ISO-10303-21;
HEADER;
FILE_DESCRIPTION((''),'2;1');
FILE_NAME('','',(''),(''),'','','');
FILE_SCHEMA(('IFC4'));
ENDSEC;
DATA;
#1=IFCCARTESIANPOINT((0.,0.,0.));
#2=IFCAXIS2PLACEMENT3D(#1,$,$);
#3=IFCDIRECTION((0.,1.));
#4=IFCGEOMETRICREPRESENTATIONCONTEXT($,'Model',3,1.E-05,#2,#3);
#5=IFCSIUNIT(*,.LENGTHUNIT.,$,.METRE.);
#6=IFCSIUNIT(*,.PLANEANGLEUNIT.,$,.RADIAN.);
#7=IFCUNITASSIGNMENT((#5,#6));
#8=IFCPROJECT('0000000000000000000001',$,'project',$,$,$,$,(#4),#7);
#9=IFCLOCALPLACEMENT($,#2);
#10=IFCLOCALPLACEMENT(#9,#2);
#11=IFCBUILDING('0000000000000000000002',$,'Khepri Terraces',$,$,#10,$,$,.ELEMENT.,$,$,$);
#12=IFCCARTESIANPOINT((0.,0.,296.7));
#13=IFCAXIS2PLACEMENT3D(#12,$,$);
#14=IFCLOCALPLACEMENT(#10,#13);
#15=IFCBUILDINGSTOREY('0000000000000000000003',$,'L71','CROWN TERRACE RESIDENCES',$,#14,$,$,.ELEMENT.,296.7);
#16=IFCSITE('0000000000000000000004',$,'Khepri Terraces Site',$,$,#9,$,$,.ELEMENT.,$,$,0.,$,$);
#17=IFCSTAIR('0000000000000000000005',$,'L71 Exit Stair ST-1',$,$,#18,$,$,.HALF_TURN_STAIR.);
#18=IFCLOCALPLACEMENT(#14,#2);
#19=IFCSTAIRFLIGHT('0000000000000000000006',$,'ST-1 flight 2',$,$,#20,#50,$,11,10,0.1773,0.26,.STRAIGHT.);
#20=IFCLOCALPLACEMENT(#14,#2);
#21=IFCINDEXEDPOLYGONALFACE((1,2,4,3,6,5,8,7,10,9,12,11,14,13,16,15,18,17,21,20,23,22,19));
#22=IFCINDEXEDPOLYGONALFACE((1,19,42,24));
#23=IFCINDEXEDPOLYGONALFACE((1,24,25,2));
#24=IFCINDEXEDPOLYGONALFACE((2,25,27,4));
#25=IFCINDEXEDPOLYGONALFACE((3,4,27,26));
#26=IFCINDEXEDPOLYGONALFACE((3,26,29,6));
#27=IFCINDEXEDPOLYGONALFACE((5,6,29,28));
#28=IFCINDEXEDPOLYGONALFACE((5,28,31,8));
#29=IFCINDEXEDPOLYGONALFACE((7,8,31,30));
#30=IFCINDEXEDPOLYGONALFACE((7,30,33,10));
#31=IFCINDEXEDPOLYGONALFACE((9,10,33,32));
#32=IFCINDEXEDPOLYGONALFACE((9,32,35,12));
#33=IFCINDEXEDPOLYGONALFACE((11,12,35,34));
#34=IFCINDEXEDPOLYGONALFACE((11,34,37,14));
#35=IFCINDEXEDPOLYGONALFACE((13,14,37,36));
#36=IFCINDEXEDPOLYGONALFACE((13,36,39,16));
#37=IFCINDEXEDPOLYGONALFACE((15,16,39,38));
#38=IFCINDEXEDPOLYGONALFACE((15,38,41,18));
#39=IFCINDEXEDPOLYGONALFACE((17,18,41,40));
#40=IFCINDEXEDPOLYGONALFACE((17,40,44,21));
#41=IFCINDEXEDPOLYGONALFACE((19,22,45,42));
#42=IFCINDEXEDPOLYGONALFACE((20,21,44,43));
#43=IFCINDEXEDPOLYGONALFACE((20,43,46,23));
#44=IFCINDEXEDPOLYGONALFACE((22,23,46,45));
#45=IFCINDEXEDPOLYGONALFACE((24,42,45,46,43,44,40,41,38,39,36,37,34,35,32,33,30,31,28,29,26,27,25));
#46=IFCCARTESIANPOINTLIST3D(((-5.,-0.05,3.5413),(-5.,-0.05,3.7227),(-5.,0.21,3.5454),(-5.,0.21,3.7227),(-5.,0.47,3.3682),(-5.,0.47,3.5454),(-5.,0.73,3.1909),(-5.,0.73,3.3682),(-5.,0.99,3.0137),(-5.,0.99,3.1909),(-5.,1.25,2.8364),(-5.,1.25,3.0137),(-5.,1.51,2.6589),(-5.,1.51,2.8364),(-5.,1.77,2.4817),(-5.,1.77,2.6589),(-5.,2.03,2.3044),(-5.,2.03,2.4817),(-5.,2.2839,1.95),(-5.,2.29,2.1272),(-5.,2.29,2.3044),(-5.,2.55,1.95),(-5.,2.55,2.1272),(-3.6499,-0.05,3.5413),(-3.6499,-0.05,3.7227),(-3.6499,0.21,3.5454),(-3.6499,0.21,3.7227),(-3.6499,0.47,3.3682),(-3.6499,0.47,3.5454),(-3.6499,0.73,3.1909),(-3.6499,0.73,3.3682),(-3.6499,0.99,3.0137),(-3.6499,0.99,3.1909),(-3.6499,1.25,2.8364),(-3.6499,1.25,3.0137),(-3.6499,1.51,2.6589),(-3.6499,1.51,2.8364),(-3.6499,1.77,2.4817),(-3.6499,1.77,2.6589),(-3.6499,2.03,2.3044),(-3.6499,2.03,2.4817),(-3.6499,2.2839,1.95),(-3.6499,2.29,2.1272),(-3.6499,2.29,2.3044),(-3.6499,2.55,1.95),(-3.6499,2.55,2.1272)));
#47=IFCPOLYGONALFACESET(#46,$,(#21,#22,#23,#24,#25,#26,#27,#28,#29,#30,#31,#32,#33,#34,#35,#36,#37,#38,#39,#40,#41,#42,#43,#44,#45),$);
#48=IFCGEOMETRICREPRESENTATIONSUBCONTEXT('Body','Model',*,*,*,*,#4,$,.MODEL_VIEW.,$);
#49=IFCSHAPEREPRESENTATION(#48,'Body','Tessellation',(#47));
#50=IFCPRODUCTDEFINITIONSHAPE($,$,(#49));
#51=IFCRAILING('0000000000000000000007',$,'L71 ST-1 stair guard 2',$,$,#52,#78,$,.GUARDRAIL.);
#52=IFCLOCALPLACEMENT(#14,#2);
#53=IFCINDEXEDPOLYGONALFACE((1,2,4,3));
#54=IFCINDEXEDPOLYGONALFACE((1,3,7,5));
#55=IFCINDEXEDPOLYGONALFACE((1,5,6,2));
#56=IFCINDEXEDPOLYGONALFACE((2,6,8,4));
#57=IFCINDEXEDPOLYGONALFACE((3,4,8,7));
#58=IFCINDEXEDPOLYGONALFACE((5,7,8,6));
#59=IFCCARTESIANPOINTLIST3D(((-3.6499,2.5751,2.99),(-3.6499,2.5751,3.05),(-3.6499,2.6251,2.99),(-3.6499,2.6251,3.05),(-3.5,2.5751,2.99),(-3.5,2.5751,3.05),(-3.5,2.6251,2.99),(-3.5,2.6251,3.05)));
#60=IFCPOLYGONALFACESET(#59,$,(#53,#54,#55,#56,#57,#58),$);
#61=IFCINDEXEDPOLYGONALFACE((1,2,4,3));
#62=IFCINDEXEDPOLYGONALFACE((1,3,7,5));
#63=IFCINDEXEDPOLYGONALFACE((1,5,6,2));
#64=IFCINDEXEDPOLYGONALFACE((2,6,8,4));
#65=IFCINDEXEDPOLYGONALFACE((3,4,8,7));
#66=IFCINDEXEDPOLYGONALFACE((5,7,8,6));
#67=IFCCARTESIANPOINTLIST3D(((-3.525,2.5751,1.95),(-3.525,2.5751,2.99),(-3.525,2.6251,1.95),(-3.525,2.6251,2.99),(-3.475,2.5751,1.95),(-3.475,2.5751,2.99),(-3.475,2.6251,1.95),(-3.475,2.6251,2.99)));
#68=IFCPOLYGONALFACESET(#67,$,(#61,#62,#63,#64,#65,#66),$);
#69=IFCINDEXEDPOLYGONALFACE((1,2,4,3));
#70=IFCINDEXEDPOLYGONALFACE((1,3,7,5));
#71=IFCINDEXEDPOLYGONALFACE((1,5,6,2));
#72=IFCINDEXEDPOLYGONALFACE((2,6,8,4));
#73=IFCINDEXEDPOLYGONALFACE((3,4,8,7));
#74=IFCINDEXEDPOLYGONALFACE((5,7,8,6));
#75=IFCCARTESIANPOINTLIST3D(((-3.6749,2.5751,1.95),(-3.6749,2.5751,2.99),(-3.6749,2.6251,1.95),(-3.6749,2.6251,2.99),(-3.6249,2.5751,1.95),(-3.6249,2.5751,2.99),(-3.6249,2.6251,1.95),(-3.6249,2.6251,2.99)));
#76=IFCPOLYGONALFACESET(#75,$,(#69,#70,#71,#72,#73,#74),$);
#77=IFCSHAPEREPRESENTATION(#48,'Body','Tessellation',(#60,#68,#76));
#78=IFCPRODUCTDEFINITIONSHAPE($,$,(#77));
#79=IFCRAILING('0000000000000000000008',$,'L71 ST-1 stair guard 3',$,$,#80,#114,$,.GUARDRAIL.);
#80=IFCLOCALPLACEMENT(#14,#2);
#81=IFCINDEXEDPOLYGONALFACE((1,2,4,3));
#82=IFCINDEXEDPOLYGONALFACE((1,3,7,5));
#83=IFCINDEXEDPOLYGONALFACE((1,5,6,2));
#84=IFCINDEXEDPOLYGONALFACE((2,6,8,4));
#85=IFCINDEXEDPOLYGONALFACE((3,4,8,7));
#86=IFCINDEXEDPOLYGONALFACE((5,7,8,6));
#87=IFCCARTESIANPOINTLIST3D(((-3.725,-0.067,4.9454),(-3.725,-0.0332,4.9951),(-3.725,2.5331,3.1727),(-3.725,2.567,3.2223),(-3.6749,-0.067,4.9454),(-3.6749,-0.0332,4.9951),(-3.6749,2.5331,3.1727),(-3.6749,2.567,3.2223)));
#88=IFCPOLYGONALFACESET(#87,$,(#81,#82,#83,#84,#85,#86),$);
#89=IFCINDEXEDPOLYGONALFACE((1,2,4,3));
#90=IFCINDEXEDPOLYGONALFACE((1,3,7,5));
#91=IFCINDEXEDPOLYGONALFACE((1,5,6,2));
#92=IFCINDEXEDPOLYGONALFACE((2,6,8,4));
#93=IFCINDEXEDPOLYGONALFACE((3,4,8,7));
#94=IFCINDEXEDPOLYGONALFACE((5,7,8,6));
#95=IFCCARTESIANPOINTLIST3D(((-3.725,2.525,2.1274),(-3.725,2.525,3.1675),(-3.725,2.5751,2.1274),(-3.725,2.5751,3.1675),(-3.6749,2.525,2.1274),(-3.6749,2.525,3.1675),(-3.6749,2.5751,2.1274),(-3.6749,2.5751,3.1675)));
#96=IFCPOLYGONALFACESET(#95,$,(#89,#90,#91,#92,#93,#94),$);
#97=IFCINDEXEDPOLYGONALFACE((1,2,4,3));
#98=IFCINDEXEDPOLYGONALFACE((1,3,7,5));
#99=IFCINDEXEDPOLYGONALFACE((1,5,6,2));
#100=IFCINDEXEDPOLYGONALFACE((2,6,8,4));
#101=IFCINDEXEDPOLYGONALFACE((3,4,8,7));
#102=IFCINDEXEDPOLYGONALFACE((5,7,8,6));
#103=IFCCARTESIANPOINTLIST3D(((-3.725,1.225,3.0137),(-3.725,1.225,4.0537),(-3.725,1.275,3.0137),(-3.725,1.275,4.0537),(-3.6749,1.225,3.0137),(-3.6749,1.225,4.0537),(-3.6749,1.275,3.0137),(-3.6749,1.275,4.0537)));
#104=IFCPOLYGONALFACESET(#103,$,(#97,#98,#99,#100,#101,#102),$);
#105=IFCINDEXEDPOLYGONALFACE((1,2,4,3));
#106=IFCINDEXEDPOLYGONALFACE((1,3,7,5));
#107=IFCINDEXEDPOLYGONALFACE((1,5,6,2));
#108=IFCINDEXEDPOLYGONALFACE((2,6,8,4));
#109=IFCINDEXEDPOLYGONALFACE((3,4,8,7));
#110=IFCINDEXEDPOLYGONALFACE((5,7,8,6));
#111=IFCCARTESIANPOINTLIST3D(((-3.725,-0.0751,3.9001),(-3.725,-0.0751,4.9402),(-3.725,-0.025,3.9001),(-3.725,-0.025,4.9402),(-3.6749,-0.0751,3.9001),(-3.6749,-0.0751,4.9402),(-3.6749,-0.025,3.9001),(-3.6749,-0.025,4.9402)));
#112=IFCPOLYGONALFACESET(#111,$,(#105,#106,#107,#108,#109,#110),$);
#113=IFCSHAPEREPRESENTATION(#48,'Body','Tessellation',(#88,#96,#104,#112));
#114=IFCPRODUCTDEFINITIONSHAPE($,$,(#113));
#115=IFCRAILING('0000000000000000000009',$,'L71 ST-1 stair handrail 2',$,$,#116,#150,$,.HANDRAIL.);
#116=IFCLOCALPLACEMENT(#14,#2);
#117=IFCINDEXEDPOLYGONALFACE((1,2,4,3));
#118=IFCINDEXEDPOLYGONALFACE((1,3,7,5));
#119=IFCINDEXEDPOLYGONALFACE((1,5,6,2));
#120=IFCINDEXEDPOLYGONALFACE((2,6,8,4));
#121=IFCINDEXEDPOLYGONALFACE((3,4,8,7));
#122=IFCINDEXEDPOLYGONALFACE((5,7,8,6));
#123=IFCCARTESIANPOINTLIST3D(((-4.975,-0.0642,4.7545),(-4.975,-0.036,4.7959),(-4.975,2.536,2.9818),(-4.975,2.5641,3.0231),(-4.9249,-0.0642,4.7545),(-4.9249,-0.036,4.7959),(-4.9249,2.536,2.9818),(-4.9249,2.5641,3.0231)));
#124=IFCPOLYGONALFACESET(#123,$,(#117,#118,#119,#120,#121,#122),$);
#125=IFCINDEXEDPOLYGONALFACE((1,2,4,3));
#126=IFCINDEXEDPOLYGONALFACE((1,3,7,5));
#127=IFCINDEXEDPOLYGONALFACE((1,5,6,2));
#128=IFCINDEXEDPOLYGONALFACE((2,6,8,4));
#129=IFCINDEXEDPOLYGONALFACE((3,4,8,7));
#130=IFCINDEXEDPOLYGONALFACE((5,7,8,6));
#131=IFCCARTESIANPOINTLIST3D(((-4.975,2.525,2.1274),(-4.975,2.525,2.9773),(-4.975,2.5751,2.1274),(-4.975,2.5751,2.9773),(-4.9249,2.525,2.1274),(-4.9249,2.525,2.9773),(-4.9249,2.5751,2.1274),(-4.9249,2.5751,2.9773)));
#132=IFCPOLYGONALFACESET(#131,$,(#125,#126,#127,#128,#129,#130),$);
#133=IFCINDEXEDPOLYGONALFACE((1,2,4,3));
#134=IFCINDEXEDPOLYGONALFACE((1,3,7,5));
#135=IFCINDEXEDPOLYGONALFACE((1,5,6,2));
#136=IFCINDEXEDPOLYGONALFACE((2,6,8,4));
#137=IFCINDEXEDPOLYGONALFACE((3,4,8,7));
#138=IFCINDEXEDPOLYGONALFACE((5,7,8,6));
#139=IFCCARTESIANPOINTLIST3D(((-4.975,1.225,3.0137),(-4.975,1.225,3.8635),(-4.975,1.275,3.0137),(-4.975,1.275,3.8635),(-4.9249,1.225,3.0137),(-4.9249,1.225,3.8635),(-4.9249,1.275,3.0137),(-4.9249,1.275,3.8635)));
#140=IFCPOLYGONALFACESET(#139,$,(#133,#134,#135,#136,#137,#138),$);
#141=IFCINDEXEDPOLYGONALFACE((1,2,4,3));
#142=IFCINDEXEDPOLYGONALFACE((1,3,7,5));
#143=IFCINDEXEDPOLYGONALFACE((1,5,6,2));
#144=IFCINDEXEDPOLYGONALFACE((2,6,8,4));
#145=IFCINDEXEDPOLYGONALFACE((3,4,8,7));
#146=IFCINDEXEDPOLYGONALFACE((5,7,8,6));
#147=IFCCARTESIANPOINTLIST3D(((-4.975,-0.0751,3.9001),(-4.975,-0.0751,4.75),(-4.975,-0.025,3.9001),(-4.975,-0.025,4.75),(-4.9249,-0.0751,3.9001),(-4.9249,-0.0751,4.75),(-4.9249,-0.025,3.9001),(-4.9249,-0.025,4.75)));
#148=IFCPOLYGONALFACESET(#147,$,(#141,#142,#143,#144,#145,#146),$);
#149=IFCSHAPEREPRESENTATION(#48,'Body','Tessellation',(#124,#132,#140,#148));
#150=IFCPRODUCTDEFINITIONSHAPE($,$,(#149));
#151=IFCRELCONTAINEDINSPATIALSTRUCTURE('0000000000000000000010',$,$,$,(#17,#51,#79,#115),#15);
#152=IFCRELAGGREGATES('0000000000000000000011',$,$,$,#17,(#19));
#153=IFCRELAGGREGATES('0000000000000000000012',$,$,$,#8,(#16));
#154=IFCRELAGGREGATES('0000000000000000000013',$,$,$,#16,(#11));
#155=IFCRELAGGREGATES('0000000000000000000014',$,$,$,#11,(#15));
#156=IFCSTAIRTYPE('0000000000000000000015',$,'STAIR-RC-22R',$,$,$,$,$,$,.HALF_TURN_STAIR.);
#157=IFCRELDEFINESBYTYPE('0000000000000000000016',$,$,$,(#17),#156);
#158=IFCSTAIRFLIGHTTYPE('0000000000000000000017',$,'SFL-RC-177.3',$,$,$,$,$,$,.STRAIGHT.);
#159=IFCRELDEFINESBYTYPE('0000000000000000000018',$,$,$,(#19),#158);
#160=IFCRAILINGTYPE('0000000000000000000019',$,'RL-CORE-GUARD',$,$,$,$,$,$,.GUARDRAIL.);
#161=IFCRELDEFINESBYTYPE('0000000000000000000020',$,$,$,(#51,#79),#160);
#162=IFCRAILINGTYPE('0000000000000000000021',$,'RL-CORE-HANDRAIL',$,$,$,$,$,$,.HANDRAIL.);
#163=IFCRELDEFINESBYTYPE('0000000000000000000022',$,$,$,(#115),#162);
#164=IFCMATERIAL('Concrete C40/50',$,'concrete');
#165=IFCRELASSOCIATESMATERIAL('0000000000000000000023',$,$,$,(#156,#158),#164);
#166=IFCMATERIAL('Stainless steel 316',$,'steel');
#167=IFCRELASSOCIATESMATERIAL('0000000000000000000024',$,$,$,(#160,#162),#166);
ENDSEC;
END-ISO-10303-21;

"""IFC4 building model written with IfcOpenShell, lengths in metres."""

from ifc_helpers import new_model, si_unit, direction, frame, origin, origin_2d, place, context, subcontext, project, spatial, polyline, rectangle, outline, extrude, material, type_object, element, aggregate, save


model = new_model("IFC4")

# Units and contexts
model_context = context("Model", 3, precision=1e-05, world=origin(), true_north=direction((0.0, 1.0)))
body_context = subcontext(model_context, "Body", "Model", "MODEL_VIEW")
ifc_project = project(units=[si_unit("LENGTHUNIT", "METRE"), si_unit("PLANEANGLEUNIT", "RADIAN")], contexts=[model_context])

# Site, building, storey
site_placement = place(None, origin())
site = spatial("IfcSite", under=ifc_project, at=site_placement, Name="Khepri Terraces Site", CompositionType="ELEMENT", RefElevation=0.0)
building_placement = place(site_placement, origin())
building = spatial("IfcBuilding", under=site, at=building_placement, Name="Khepri Terraces", CompositionType="ELEMENT")
storey_placement = place(building_placement, frame((0.0, 0.0, 296.7)))
storey = spatial("IfcBuildingStorey", under=building, at=storey_placement, Name="L71", Description="CROWN TERRACE RESIDENCES", CompositionType="ELEMENT", Elevation=296.7)

# Shared definitions
ifc_material_1 = material(Name="Concrete C40/50", Category="concrete")

# Stair, stair flight
stair_type = type_object("IfcStairType", Name="STAIR-RC-22R", PredefinedType="HALF_TURN_STAIR", material=ifc_material_1)
stair_placement = place(storey_placement, origin())
stair = element("IfcStair", 1, at=stair_placement, inside=storey, type_object=stair_type, Name="L71 Exit Stair ST-1", PredefinedType="HALF_TURN_STAIR")
stair_flight_type = type_object("IfcStairFlightType", Name="SFL-RC-177.3", PredefinedType="STRAIGHT", material=ifc_material_1)
stair_flight_placement = place(storey_placement, frame((-4.325, 2.55, 1.95), z_axis=(0.0, 0.0, 1.0), x_axis=(0.0, -1.0, 0.0)))
stair_flight = element("IfcStairFlight", 2, at=stair_flight_placement, type_object=stair_flight_type, Name="ST-1 flight 2", NumberOfRisers=11, NumberOfTreads=10, PredefinedType="STRAIGHT", RiserHeight=0.1773, TreadLength=0.26, context=body_context, shape_type="SweptSolid", body=[
    extrude(outline(polyline([(0.0, 0.0), (0.0, 0.1772), (0.26, 0.1772), (0.26, 0.3545), (0.52, 0.3545), (0.52, 0.5317), (0.78, 0.5317), (0.78, 0.709), (1.04, 0.709), (1.04, 0.8865), (1.3, 0.8865), (1.3, 1.0637), (1.5601, 1.0637), (1.5601, 1.241), (1.8201, 1.241), (1.8201, 1.4182), (2.0801, 1.4182), (2.0801, 1.5955), (2.3401, 1.5955), (2.3401, 1.7727), (2.6001, 1.7727), (2.6001, 1.95), (2.6001, 1.5913), (0.2661, 0.0), (0.0, 0.0)])), frame((0.0, 0.675, 0.0), z_axis=(0.0, -1.0, 0.0), x_axis=(1.0, 0.0, 0.0)), (0.0, 0.0, 1.0), 1.3501),
])
aggregate(stair, [stair_flight])

# Railings
ifc_material_2 = material(Name="Stainless steel 316", Category="steel")
railing_type_1 = type_object("IfcRailingType", Name="RL-CORE-GUARD", PredefinedType="GUARDRAIL", material=ifc_material_2)
railing_1_placement = place(storey_placement, frame((-3.5, 2.6001, 1.95)))
element("IfcRailing", 3, at=railing_1_placement, inside=storey, type_object=railing_type_1, Name="L71 ST-1 stair guard 2", PredefinedType="GUARDRAIL", context=body_context, shape_type="SweptSolid", body=[
    extrude(rectangle(XDim=0.05, YDim=0.0601, at=origin_2d()), frame((0.0, 0.0, 1.0701), z_axis=(-1.0, 0.0, 0.0), x_axis=(0.0, -1.0, 0.0)), (0.0, 0.0, 1.0), 0.1499),
    extrude(rectangle(XDim=0.05, YDim=0.05, at=origin_2d()), origin(), (0.0, 0.0, 1.0), 1.04),
    extrude(rectangle(XDim=0.05, YDim=0.05, at=origin_2d()), frame((-0.1499, 0.0, 0.0)), (0.0, 0.0, 1.0), 1.04),
])
railing_2_placement = place(storey_placement, frame((-3.7, 2.55, 2.1274)))
element("IfcRailing", 4, at=railing_2_placement, inside=storey, type_object=railing_type_1, Name="L71 ST-1 stair guard 3", PredefinedType="GUARDRAIL", context=body_context, shape_type="SweptSolid", body=[
    extrude(rectangle(XDim=0.05, YDim=0.0601, at=origin_2d()), frame((0.0, 0.0, 1.0701), z_axis=(0.0, -0.82624, 0.563318), x_axis=(1.0, 0.0, 0.0)), (0.0, 0.0, 1.0), 3.147),
    extrude(rectangle(XDim=0.05, YDim=0.05, at=origin_2d()), origin(), (0.0, 0.0, 1.0), 1.04),
    extrude(rectangle(XDim=0.05, YDim=0.05, at=origin_2d()), frame((0.0, -1.3, 0.8862)), (0.0, 0.0, 1.0), 1.04),
    extrude(rectangle(XDim=0.05, YDim=0.05, at=origin_2d()), frame((0.0, -2.6001, 1.7727)), (0.0, 0.0, 1.0), 1.04),
])
railing_type_2 = type_object("IfcRailingType", Name="RL-CORE-HANDRAIL", PredefinedType="HANDRAIL", material=ifc_material_2)
railing_3_placement = place(storey_placement, frame((-4.95, 2.55, 2.1274)))
element("IfcRailing", 5, at=railing_3_placement, inside=storey, type_object=railing_type_2, Name="L71 ST-1 stair handrail 2", PredefinedType="HANDRAIL", context=body_context, shape_type="SweptSolid", body=[
    extrude(rectangle(XDim=0.05, YDim=0.05, at=origin_2d()), frame((0.0, 0.0, 0.875), z_axis=(0.0, -0.82624, 0.563318), x_axis=(1.0, 0.0, 0.0)), (0.0, 0.0, 1.0), 3.147),
    extrude(rectangle(XDim=0.05, YDim=0.05, at=origin_2d()), origin(), (0.0, 0.0, 1.0), 0.8499),
    extrude(rectangle(XDim=0.05, YDim=0.05, at=origin_2d()), frame((0.0, -1.3, 0.8862)), (0.0, 0.0, 1.0), 0.8499),
    extrude(rectangle(XDim=0.05, YDim=0.05, at=origin_2d()), frame((0.0, -2.6001, 1.7727)), (0.0, 0.0, 1.0), 0.8499),
])

save(model, "model.ifc")
